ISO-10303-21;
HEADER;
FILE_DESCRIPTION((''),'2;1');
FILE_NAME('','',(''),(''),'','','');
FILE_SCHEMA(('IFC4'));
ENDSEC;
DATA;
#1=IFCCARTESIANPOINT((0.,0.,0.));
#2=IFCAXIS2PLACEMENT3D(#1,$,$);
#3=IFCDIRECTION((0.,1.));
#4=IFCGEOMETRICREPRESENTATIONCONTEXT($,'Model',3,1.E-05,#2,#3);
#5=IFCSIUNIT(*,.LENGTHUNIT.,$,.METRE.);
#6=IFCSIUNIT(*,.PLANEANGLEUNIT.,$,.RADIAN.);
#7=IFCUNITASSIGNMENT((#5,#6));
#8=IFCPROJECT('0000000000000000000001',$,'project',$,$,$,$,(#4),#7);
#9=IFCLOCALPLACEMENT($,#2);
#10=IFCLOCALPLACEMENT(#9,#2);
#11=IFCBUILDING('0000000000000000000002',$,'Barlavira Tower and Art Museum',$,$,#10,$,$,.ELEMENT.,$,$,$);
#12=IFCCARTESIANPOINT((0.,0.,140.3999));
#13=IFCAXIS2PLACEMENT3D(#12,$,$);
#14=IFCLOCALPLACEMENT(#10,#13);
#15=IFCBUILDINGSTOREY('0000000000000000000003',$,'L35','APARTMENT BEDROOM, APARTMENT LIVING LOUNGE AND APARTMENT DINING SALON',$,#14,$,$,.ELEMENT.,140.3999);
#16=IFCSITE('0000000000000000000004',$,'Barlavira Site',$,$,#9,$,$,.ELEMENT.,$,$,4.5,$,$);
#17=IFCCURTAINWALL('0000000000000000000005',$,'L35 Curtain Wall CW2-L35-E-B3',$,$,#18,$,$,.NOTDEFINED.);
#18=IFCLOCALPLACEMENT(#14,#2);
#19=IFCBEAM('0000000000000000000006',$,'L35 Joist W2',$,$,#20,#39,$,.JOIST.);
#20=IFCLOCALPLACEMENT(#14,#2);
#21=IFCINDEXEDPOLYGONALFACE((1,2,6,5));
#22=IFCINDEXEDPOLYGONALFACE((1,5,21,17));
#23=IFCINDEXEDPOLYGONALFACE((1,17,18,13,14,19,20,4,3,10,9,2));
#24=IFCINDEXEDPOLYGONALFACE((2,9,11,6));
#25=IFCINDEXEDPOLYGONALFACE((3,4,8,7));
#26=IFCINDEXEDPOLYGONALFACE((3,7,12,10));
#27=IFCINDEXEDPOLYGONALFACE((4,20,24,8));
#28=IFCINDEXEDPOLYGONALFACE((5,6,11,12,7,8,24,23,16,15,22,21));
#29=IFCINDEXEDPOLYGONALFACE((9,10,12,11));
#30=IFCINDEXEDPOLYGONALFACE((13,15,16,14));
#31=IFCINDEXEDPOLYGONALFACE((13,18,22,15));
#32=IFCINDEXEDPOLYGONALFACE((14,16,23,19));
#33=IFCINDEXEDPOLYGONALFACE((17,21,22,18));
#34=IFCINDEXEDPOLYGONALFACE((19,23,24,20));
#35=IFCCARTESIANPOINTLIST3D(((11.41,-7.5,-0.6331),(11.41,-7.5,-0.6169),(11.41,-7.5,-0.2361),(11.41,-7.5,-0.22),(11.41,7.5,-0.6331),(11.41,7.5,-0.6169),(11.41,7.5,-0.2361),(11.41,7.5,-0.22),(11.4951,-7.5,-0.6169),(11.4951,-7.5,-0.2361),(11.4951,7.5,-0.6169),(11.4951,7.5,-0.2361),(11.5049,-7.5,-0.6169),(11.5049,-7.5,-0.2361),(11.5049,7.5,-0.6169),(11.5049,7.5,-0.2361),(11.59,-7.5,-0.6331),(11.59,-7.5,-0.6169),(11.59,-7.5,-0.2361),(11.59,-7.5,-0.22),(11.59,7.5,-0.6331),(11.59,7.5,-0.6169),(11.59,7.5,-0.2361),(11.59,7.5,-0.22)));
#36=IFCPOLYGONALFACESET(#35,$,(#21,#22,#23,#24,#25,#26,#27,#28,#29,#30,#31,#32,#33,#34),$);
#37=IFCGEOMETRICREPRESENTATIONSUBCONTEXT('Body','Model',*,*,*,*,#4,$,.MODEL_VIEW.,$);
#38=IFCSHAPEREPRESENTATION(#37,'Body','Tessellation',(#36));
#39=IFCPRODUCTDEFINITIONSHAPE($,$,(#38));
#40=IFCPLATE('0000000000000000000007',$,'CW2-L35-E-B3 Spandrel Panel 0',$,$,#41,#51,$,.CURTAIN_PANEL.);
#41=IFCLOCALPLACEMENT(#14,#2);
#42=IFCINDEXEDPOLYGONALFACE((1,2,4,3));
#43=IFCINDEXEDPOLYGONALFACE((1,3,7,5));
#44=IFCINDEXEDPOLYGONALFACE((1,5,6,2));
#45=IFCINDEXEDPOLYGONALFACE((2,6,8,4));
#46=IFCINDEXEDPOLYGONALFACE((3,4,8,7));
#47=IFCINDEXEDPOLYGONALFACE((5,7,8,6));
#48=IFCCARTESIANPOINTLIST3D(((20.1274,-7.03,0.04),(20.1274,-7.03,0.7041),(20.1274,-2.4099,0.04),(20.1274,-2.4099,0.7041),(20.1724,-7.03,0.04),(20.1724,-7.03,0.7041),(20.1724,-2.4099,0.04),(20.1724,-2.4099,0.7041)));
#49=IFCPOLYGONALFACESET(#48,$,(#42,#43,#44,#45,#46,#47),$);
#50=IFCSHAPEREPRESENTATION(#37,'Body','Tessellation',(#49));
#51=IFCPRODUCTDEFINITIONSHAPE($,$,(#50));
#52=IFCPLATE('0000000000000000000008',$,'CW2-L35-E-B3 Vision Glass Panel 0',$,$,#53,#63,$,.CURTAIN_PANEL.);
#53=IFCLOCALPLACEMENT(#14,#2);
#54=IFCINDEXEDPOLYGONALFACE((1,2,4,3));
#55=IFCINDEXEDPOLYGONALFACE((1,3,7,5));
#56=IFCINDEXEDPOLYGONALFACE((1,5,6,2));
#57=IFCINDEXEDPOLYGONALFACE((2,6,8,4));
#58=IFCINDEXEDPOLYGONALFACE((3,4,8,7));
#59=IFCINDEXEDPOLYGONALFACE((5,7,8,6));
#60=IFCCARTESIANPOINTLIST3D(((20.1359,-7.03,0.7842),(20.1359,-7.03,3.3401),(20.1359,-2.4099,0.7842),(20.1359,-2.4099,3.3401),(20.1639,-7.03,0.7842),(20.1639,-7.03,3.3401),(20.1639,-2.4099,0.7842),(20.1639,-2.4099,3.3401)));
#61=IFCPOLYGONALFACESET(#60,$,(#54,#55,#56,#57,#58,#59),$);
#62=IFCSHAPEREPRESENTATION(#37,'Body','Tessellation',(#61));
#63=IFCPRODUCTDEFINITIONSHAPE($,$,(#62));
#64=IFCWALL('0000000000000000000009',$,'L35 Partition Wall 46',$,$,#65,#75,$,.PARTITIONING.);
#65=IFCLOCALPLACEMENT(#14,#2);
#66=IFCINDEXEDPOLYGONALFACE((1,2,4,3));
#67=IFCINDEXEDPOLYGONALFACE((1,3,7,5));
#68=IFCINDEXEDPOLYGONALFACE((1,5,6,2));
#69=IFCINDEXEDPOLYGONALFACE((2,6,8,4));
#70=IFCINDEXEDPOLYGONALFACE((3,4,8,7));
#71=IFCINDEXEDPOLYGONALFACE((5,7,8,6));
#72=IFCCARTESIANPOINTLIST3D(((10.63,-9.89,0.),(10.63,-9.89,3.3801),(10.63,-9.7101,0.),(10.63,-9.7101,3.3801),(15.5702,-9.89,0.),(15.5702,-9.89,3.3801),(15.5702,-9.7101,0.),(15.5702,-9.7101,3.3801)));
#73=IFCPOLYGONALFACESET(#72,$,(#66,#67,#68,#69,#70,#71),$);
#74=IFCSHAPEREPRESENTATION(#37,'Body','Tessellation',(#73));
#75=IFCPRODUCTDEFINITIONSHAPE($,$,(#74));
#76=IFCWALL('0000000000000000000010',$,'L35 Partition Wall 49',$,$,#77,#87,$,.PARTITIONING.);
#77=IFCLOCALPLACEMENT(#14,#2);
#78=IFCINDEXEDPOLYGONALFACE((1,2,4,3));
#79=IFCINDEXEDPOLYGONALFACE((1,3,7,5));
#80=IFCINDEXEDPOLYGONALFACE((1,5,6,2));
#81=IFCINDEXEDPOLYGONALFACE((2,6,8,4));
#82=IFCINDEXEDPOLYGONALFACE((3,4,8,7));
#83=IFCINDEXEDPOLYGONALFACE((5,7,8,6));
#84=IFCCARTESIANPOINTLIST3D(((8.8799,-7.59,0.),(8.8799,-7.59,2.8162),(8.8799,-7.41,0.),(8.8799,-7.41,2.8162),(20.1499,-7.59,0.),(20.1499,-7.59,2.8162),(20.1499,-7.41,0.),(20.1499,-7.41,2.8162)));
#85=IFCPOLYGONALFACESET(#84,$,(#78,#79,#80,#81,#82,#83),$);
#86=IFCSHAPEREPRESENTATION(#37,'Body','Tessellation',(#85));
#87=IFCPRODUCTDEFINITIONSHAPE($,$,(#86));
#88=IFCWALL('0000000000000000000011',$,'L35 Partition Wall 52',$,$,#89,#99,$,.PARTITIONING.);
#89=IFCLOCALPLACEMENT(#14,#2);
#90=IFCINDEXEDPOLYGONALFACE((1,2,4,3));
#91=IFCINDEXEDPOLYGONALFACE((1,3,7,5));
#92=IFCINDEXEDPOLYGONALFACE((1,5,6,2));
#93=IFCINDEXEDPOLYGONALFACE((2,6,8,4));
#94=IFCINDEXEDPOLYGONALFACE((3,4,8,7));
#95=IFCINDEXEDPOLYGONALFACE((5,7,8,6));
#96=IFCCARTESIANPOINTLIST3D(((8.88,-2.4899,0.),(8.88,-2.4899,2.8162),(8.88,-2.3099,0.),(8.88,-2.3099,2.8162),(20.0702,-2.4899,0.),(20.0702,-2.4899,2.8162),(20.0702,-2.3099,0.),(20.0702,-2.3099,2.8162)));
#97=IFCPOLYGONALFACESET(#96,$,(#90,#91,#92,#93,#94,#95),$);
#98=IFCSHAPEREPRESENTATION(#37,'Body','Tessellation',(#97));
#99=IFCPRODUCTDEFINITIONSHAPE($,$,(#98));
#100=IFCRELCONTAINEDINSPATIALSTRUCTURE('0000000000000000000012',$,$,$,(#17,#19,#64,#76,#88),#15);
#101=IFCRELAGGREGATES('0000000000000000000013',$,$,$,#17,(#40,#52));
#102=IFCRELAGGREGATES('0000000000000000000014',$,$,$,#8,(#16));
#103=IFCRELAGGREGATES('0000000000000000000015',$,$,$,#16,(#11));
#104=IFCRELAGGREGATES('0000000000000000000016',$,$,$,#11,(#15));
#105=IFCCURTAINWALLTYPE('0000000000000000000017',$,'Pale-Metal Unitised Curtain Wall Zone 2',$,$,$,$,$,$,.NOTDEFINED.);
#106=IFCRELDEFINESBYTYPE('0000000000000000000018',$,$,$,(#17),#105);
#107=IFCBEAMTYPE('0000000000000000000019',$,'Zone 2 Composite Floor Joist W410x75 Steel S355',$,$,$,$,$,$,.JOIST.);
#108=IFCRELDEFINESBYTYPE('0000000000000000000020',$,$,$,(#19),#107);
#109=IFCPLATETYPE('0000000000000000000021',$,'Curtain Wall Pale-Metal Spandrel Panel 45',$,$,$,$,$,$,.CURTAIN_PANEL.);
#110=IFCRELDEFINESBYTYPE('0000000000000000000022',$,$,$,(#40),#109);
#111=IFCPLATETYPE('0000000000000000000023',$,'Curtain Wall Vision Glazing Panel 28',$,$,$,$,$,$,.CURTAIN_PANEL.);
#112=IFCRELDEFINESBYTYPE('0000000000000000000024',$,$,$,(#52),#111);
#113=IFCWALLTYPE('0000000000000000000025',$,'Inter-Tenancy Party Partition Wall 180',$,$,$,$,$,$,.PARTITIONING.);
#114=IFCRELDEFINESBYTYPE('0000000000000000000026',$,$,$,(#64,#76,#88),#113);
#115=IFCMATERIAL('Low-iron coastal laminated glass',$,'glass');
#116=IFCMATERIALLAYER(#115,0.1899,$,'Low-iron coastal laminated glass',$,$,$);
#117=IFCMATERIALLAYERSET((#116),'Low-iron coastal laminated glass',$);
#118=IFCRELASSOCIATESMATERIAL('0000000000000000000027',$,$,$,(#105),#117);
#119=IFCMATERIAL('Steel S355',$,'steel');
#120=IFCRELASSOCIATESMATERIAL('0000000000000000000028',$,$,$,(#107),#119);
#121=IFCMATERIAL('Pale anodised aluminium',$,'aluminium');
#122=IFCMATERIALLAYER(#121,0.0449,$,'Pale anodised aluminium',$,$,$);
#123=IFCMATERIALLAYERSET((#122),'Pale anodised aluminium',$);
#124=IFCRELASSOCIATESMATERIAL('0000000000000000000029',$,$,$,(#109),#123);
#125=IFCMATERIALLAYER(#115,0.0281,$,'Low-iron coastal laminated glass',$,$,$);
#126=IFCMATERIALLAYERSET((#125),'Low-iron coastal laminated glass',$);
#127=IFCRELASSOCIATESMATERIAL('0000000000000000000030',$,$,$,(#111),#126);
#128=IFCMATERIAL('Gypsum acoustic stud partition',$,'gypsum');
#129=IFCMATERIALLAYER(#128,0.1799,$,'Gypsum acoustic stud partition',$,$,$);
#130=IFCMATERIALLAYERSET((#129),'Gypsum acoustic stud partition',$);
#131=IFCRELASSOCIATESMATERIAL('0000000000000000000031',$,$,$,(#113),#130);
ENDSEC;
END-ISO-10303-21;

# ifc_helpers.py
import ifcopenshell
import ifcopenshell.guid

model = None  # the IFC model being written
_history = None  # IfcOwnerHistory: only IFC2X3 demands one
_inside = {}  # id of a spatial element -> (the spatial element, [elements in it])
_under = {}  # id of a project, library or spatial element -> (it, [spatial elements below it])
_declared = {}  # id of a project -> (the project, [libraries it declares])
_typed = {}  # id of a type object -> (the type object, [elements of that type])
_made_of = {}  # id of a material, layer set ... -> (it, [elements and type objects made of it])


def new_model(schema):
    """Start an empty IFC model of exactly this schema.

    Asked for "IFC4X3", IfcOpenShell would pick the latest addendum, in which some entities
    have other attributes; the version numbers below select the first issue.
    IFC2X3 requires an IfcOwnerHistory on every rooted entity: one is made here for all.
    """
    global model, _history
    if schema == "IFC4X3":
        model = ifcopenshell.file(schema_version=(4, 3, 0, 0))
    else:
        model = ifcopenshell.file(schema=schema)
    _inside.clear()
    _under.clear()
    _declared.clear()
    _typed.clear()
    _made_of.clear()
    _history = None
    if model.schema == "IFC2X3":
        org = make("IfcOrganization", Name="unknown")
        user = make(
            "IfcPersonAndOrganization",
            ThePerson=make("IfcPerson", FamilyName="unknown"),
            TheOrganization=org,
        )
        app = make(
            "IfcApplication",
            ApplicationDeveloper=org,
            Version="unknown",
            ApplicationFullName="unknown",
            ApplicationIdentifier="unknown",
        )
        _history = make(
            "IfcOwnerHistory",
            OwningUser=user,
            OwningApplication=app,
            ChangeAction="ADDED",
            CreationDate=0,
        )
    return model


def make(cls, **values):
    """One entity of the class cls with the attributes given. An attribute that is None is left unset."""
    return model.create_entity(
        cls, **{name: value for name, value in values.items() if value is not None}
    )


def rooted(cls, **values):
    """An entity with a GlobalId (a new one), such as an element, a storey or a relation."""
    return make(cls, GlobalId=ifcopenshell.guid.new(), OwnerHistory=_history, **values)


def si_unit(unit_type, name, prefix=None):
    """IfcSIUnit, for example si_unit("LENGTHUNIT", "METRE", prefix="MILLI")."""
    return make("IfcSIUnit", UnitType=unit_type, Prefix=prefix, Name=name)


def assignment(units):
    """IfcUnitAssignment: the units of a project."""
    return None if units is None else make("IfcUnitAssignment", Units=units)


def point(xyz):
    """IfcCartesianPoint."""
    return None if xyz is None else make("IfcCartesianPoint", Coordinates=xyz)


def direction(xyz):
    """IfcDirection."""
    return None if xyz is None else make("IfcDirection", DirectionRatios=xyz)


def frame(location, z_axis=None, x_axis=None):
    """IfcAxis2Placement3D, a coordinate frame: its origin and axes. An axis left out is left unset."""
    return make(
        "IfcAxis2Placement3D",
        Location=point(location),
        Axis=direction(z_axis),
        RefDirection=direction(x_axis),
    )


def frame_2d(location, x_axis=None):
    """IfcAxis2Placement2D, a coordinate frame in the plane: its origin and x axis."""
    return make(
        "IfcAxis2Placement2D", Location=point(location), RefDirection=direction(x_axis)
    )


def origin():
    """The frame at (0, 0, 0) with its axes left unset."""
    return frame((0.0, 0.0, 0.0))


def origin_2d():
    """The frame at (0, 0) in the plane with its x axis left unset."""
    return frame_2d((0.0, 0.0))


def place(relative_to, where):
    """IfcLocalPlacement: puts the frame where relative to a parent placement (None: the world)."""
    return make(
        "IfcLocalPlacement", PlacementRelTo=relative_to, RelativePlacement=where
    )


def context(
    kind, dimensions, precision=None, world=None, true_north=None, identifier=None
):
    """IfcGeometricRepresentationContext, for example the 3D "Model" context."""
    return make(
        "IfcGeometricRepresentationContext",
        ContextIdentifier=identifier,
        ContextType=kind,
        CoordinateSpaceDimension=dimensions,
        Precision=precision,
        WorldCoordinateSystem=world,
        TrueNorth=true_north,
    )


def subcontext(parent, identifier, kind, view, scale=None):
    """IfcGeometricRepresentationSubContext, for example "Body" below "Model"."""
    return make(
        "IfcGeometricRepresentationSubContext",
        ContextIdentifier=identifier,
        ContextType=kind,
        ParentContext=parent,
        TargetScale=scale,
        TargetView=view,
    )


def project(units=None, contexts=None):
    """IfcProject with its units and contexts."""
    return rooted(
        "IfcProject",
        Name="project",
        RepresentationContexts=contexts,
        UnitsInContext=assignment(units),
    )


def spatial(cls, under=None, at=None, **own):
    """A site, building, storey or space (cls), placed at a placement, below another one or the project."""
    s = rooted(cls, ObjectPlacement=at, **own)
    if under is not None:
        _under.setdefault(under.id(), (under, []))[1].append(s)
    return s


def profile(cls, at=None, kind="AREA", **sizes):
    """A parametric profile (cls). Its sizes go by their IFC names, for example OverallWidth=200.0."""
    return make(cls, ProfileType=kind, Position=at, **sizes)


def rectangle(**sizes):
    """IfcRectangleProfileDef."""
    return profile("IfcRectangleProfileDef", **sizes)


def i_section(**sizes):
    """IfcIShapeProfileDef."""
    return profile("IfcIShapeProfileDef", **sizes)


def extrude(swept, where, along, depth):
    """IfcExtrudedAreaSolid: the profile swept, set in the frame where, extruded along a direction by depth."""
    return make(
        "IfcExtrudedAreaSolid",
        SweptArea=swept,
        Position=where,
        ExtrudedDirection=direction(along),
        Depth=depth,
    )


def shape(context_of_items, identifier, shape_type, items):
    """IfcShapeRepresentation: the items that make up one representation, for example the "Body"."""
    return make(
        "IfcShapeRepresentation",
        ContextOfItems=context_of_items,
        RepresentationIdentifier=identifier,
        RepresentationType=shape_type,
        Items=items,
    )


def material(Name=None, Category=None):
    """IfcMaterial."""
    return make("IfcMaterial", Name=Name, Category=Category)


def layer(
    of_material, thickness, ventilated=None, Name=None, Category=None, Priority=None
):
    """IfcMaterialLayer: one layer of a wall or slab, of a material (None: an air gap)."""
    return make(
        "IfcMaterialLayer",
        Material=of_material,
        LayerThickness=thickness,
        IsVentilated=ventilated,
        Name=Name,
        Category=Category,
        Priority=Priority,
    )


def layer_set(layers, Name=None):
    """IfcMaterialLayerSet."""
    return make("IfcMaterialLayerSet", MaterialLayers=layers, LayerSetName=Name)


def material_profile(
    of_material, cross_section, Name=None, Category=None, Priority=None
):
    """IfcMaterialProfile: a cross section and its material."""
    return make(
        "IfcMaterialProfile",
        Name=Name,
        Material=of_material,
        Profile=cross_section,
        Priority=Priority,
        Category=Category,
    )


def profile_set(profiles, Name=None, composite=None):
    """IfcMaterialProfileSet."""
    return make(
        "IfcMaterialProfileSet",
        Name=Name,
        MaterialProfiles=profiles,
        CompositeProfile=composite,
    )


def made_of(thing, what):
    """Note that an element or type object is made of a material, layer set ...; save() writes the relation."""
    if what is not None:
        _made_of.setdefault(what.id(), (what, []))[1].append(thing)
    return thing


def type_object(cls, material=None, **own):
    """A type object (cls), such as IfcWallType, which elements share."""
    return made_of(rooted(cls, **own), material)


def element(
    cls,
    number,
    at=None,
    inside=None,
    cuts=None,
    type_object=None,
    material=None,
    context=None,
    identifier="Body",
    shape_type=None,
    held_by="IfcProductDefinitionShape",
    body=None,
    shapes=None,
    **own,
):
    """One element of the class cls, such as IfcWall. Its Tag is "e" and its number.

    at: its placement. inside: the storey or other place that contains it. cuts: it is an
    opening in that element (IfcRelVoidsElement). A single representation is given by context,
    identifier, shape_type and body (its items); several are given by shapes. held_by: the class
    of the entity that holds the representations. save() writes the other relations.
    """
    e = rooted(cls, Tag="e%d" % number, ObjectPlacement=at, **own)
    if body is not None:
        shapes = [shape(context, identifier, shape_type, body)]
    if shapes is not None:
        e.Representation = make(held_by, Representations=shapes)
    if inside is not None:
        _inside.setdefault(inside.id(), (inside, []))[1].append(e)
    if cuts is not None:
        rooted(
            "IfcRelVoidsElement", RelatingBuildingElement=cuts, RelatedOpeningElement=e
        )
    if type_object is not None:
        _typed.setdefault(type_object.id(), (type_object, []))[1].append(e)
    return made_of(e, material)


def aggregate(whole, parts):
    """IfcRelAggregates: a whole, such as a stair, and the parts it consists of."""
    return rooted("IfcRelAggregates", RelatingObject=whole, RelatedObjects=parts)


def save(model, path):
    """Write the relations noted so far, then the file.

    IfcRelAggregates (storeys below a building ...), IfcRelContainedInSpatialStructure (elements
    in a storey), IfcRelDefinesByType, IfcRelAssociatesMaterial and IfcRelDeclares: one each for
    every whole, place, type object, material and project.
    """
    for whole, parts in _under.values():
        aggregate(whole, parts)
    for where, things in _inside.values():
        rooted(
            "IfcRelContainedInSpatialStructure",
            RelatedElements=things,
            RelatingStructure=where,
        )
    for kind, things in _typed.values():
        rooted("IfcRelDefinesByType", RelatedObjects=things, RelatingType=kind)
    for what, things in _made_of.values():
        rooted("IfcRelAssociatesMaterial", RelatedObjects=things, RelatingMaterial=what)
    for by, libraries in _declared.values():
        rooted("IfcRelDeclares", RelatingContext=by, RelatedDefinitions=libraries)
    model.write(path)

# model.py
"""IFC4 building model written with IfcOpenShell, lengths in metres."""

from ifc_helpers import new_model, si_unit, direction, frame, frame_2d, origin, origin_2d, place, context, subcontext, project, spatial, rectangle, i_section, extrude, material, layer, layer_set, material_profile, profile_set, type_object, element, aggregate, save


model = new_model("IFC4")

# Units and contexts
model_context = context("Model", 3, precision=1e-05, world=origin(), true_north=direction((0.0, 1.0)))
body_context = subcontext(model_context, "Body", "Model", "MODEL_VIEW")
ifc_project = project(units=[si_unit("LENGTHUNIT", "METRE"), si_unit("PLANEANGLEUNIT", "RADIAN")], contexts=[model_context])

# Site, building, storey
site_placement = place(None, origin())
site = spatial("IfcSite", under=ifc_project, at=site_placement, Name="Barlavira Site", CompositionType="ELEMENT", RefElevation=4.5)
building_placement = place(site_placement, origin())
building = spatial("IfcBuilding", under=site, at=building_placement, Name="Barlavira Tower and Art Museum", CompositionType="ELEMENT")
storey_placement = place(building_placement, frame((0.0, 0.0, 140.3999)))
storey = spatial("IfcBuildingStorey", under=building, at=storey_placement, Name="L35", Description="APARTMENT BEDROOM, APARTMENT LIVING LOUNGE AND APARTMENT DINING SALON", CompositionType="ELEMENT", Elevation=140.3999)

# Curtain wall
ifc_material_1 = material(Name="Low-iron coastal laminated glass", Category="glass")
ifc_layer_1 = layer(ifc_material_1, 0.1899, Name="Low-iron coastal laminated glass")
ifc_layer_set_1 = layer_set([ifc_layer_1], Name="Low-iron coastal laminated glass")
curtain_wall_type = type_object("IfcCurtainWallType", Name="Pale-Metal Unitised Curtain Wall Zone 2", PredefinedType="NOTDEFINED", material=ifc_layer_set_1)
curtain_wall_placement = place(storey_placement, origin())
curtain_wall = element("IfcCurtainWall", 1, at=curtain_wall_placement, inside=storey, type_object=curtain_wall_type, Name="L35 Curtain Wall CW2-L35-E-B3", PredefinedType="NOTDEFINED")
ifc_material_2 = material(Name="Pale anodised aluminium", Category="aluminium")

# Shared definitions
ifc_material_3 = material(Name="Steel S355", Category="steel")

# Beam
ifc_material_profile_1 = material_profile(ifc_material_3, i_section(OverallWidth=0.1799, OverallDepth=0.4131, WebThickness=0.0098, FlangeThickness=0.0161, at=origin_2d()), Name="W410x75.0")
ifc_profile_set_1 = profile_set([ifc_material_profile_1], Name="Steel S355")
beam_type_1 = type_object("IfcBeamType", Name="Zone 2 Composite Floor Joist W410x75 Steel S355", PredefinedType="JOIST", material=ifc_profile_set_1)
beam_1_placement = place(storey_placement, frame((11.5, -7.5, -0.4265), z_axis=(0.0, 1.0, 0.0), x_axis=(-1.0, 0.0, 0.0)))
element("IfcBeam", 2, at=beam_1_placement, inside=storey, type_object=beam_type_1, Name="L35 Joist W2", PredefinedType="JOIST", context=body_context, shape_type="SweptSolid", body=[
    extrude(i_section(OverallWidth=0.1799, OverallDepth=0.4131, WebThickness=0.0098, FlangeThickness=0.0161, at=origin_2d()), origin(), (0.0, 0.0, 1.0), 15.0),
])

# Plates
ifc_layer_2 = layer(ifc_material_2, 0.0449, Name="Pale anodised aluminium")
ifc_layer_set_2 = layer_set([ifc_layer_2], Name="Pale anodised aluminium")
plate_type_1 = type_object("IfcPlateType", Name="Curtain Wall Pale-Metal Spandrel Panel 45", PredefinedType="CURTAIN_PANEL", material=ifc_layer_set_2)
plate_1_placement = place(storey_placement, frame((20.1499, -4.72, 0.04), z_axis=(0.0, 0.0, 1.0), x_axis=(0.0, 1.0, 0.0)))
plate_1 = element("IfcPlate", 3, at=plate_1_placement, type_object=plate_type_1, Name="CW2-L35-E-B3 Spandrel Panel 0", PredefinedType="CURTAIN_PANEL", context=body_context, shape_type="SweptSolid", body=[
    extrude(rectangle(XDim=4.6201, YDim=0.0449, at=origin_2d()), origin(), (0.0, 0.0, 1.0), 0.6641),
])
ifc_layer_3 = layer(ifc_material_1, 0.0281, Name="Low-iron coastal laminated glass")
ifc_layer_set_3 = layer_set([ifc_layer_3], Name="Low-iron coastal laminated glass")
plate_type_2 = type_object("IfcPlateType", Name="Curtain Wall Vision Glazing Panel 28", PredefinedType="CURTAIN_PANEL", material=ifc_layer_set_3)
plate_2_placement = place(storey_placement, frame((20.1499, -4.72, 0.7842), z_axis=(0.0, 0.0, 1.0), x_axis=(0.0, 1.0, 0.0)))
plate_2 = element("IfcPlate", 4, at=plate_2_placement, type_object=plate_type_2, Name="CW2-L35-E-B3 Vision Glass Panel 0", PredefinedType="CURTAIN_PANEL", context=body_context, shape_type="SweptSolid", body=[
    extrude(rectangle(XDim=4.6201, YDim=0.0281, at=origin_2d()), origin(), (0.0, 0.0, 1.0), 2.5559),
])
aggregate(curtain_wall, [plate_1, plate_2])

# Shared definitions
ifc_material_4 = material(Name="Gypsum acoustic stud partition", Category="gypsum")
ifc_layer_4 = layer(ifc_material_4, 0.1799, Name="Gypsum acoustic stud partition")
ifc_layer_set_4 = layer_set([ifc_layer_4], Name="Gypsum acoustic stud partition")
wall_type_1 = type_object("IfcWallType", Name="Inter-Tenancy Party Partition Wall 180", PredefinedType="PARTITIONING", material=ifc_layer_set_4)

# Walls
wall_1_placement = place(storey_placement, frame((10.6299, -9.8, 0.0), z_axis=(0.0, 0.0, 1.0), x_axis=(1.0, 0.0, 0.0)))
element("IfcWall", 5, at=wall_1_placement, inside=storey, type_object=wall_type_1, Name="L35 Partition Wall 46", PredefinedType="PARTITIONING", context=body_context, shape_type="SweptSolid", body=[
    extrude(rectangle(XDim=4.9402, YDim=0.1799, at=frame_2d((2.4702, 0.0))), origin(), (0.0, 0.0, 1.0), 3.3801),
])
wall_2_placement = place(storey_placement, frame((8.8799, -7.5, 0.0), z_axis=(0.0, 0.0, 1.0), x_axis=(1.0, 0.0, 0.0)))
element("IfcWall", 6, at=wall_2_placement, inside=storey, type_object=wall_type_1, Name="L35 Partition Wall 49", PredefinedType="PARTITIONING", context=body_context, shape_type="SweptSolid", body=[
    extrude(rectangle(XDim=11.27, YDim=0.1799, at=frame_2d((5.635, 0.0))), origin(), (0.0, 0.0, 1.0), 2.8162),
])
wall_3_placement = place(storey_placement, frame((8.8799, -2.3999, 0.0), z_axis=(0.0, 0.0, 1.0), x_axis=(1.0, 0.0, 0.0)))
element("IfcWall", 7, at=wall_3_placement, inside=storey, type_object=wall_type_1, Name="L35 Partition Wall 52", PredefinedType="PARTITIONING", context=body_context, shape_type="SweptSolid", body=[
    extrude(rectangle(XDim=11.1902, YDim=0.1799, at=frame_2d((5.5952, 0.0))), origin(), (0.0, 0.0, 1.0), 2.8162),
])

save(model, "model.ifc")
